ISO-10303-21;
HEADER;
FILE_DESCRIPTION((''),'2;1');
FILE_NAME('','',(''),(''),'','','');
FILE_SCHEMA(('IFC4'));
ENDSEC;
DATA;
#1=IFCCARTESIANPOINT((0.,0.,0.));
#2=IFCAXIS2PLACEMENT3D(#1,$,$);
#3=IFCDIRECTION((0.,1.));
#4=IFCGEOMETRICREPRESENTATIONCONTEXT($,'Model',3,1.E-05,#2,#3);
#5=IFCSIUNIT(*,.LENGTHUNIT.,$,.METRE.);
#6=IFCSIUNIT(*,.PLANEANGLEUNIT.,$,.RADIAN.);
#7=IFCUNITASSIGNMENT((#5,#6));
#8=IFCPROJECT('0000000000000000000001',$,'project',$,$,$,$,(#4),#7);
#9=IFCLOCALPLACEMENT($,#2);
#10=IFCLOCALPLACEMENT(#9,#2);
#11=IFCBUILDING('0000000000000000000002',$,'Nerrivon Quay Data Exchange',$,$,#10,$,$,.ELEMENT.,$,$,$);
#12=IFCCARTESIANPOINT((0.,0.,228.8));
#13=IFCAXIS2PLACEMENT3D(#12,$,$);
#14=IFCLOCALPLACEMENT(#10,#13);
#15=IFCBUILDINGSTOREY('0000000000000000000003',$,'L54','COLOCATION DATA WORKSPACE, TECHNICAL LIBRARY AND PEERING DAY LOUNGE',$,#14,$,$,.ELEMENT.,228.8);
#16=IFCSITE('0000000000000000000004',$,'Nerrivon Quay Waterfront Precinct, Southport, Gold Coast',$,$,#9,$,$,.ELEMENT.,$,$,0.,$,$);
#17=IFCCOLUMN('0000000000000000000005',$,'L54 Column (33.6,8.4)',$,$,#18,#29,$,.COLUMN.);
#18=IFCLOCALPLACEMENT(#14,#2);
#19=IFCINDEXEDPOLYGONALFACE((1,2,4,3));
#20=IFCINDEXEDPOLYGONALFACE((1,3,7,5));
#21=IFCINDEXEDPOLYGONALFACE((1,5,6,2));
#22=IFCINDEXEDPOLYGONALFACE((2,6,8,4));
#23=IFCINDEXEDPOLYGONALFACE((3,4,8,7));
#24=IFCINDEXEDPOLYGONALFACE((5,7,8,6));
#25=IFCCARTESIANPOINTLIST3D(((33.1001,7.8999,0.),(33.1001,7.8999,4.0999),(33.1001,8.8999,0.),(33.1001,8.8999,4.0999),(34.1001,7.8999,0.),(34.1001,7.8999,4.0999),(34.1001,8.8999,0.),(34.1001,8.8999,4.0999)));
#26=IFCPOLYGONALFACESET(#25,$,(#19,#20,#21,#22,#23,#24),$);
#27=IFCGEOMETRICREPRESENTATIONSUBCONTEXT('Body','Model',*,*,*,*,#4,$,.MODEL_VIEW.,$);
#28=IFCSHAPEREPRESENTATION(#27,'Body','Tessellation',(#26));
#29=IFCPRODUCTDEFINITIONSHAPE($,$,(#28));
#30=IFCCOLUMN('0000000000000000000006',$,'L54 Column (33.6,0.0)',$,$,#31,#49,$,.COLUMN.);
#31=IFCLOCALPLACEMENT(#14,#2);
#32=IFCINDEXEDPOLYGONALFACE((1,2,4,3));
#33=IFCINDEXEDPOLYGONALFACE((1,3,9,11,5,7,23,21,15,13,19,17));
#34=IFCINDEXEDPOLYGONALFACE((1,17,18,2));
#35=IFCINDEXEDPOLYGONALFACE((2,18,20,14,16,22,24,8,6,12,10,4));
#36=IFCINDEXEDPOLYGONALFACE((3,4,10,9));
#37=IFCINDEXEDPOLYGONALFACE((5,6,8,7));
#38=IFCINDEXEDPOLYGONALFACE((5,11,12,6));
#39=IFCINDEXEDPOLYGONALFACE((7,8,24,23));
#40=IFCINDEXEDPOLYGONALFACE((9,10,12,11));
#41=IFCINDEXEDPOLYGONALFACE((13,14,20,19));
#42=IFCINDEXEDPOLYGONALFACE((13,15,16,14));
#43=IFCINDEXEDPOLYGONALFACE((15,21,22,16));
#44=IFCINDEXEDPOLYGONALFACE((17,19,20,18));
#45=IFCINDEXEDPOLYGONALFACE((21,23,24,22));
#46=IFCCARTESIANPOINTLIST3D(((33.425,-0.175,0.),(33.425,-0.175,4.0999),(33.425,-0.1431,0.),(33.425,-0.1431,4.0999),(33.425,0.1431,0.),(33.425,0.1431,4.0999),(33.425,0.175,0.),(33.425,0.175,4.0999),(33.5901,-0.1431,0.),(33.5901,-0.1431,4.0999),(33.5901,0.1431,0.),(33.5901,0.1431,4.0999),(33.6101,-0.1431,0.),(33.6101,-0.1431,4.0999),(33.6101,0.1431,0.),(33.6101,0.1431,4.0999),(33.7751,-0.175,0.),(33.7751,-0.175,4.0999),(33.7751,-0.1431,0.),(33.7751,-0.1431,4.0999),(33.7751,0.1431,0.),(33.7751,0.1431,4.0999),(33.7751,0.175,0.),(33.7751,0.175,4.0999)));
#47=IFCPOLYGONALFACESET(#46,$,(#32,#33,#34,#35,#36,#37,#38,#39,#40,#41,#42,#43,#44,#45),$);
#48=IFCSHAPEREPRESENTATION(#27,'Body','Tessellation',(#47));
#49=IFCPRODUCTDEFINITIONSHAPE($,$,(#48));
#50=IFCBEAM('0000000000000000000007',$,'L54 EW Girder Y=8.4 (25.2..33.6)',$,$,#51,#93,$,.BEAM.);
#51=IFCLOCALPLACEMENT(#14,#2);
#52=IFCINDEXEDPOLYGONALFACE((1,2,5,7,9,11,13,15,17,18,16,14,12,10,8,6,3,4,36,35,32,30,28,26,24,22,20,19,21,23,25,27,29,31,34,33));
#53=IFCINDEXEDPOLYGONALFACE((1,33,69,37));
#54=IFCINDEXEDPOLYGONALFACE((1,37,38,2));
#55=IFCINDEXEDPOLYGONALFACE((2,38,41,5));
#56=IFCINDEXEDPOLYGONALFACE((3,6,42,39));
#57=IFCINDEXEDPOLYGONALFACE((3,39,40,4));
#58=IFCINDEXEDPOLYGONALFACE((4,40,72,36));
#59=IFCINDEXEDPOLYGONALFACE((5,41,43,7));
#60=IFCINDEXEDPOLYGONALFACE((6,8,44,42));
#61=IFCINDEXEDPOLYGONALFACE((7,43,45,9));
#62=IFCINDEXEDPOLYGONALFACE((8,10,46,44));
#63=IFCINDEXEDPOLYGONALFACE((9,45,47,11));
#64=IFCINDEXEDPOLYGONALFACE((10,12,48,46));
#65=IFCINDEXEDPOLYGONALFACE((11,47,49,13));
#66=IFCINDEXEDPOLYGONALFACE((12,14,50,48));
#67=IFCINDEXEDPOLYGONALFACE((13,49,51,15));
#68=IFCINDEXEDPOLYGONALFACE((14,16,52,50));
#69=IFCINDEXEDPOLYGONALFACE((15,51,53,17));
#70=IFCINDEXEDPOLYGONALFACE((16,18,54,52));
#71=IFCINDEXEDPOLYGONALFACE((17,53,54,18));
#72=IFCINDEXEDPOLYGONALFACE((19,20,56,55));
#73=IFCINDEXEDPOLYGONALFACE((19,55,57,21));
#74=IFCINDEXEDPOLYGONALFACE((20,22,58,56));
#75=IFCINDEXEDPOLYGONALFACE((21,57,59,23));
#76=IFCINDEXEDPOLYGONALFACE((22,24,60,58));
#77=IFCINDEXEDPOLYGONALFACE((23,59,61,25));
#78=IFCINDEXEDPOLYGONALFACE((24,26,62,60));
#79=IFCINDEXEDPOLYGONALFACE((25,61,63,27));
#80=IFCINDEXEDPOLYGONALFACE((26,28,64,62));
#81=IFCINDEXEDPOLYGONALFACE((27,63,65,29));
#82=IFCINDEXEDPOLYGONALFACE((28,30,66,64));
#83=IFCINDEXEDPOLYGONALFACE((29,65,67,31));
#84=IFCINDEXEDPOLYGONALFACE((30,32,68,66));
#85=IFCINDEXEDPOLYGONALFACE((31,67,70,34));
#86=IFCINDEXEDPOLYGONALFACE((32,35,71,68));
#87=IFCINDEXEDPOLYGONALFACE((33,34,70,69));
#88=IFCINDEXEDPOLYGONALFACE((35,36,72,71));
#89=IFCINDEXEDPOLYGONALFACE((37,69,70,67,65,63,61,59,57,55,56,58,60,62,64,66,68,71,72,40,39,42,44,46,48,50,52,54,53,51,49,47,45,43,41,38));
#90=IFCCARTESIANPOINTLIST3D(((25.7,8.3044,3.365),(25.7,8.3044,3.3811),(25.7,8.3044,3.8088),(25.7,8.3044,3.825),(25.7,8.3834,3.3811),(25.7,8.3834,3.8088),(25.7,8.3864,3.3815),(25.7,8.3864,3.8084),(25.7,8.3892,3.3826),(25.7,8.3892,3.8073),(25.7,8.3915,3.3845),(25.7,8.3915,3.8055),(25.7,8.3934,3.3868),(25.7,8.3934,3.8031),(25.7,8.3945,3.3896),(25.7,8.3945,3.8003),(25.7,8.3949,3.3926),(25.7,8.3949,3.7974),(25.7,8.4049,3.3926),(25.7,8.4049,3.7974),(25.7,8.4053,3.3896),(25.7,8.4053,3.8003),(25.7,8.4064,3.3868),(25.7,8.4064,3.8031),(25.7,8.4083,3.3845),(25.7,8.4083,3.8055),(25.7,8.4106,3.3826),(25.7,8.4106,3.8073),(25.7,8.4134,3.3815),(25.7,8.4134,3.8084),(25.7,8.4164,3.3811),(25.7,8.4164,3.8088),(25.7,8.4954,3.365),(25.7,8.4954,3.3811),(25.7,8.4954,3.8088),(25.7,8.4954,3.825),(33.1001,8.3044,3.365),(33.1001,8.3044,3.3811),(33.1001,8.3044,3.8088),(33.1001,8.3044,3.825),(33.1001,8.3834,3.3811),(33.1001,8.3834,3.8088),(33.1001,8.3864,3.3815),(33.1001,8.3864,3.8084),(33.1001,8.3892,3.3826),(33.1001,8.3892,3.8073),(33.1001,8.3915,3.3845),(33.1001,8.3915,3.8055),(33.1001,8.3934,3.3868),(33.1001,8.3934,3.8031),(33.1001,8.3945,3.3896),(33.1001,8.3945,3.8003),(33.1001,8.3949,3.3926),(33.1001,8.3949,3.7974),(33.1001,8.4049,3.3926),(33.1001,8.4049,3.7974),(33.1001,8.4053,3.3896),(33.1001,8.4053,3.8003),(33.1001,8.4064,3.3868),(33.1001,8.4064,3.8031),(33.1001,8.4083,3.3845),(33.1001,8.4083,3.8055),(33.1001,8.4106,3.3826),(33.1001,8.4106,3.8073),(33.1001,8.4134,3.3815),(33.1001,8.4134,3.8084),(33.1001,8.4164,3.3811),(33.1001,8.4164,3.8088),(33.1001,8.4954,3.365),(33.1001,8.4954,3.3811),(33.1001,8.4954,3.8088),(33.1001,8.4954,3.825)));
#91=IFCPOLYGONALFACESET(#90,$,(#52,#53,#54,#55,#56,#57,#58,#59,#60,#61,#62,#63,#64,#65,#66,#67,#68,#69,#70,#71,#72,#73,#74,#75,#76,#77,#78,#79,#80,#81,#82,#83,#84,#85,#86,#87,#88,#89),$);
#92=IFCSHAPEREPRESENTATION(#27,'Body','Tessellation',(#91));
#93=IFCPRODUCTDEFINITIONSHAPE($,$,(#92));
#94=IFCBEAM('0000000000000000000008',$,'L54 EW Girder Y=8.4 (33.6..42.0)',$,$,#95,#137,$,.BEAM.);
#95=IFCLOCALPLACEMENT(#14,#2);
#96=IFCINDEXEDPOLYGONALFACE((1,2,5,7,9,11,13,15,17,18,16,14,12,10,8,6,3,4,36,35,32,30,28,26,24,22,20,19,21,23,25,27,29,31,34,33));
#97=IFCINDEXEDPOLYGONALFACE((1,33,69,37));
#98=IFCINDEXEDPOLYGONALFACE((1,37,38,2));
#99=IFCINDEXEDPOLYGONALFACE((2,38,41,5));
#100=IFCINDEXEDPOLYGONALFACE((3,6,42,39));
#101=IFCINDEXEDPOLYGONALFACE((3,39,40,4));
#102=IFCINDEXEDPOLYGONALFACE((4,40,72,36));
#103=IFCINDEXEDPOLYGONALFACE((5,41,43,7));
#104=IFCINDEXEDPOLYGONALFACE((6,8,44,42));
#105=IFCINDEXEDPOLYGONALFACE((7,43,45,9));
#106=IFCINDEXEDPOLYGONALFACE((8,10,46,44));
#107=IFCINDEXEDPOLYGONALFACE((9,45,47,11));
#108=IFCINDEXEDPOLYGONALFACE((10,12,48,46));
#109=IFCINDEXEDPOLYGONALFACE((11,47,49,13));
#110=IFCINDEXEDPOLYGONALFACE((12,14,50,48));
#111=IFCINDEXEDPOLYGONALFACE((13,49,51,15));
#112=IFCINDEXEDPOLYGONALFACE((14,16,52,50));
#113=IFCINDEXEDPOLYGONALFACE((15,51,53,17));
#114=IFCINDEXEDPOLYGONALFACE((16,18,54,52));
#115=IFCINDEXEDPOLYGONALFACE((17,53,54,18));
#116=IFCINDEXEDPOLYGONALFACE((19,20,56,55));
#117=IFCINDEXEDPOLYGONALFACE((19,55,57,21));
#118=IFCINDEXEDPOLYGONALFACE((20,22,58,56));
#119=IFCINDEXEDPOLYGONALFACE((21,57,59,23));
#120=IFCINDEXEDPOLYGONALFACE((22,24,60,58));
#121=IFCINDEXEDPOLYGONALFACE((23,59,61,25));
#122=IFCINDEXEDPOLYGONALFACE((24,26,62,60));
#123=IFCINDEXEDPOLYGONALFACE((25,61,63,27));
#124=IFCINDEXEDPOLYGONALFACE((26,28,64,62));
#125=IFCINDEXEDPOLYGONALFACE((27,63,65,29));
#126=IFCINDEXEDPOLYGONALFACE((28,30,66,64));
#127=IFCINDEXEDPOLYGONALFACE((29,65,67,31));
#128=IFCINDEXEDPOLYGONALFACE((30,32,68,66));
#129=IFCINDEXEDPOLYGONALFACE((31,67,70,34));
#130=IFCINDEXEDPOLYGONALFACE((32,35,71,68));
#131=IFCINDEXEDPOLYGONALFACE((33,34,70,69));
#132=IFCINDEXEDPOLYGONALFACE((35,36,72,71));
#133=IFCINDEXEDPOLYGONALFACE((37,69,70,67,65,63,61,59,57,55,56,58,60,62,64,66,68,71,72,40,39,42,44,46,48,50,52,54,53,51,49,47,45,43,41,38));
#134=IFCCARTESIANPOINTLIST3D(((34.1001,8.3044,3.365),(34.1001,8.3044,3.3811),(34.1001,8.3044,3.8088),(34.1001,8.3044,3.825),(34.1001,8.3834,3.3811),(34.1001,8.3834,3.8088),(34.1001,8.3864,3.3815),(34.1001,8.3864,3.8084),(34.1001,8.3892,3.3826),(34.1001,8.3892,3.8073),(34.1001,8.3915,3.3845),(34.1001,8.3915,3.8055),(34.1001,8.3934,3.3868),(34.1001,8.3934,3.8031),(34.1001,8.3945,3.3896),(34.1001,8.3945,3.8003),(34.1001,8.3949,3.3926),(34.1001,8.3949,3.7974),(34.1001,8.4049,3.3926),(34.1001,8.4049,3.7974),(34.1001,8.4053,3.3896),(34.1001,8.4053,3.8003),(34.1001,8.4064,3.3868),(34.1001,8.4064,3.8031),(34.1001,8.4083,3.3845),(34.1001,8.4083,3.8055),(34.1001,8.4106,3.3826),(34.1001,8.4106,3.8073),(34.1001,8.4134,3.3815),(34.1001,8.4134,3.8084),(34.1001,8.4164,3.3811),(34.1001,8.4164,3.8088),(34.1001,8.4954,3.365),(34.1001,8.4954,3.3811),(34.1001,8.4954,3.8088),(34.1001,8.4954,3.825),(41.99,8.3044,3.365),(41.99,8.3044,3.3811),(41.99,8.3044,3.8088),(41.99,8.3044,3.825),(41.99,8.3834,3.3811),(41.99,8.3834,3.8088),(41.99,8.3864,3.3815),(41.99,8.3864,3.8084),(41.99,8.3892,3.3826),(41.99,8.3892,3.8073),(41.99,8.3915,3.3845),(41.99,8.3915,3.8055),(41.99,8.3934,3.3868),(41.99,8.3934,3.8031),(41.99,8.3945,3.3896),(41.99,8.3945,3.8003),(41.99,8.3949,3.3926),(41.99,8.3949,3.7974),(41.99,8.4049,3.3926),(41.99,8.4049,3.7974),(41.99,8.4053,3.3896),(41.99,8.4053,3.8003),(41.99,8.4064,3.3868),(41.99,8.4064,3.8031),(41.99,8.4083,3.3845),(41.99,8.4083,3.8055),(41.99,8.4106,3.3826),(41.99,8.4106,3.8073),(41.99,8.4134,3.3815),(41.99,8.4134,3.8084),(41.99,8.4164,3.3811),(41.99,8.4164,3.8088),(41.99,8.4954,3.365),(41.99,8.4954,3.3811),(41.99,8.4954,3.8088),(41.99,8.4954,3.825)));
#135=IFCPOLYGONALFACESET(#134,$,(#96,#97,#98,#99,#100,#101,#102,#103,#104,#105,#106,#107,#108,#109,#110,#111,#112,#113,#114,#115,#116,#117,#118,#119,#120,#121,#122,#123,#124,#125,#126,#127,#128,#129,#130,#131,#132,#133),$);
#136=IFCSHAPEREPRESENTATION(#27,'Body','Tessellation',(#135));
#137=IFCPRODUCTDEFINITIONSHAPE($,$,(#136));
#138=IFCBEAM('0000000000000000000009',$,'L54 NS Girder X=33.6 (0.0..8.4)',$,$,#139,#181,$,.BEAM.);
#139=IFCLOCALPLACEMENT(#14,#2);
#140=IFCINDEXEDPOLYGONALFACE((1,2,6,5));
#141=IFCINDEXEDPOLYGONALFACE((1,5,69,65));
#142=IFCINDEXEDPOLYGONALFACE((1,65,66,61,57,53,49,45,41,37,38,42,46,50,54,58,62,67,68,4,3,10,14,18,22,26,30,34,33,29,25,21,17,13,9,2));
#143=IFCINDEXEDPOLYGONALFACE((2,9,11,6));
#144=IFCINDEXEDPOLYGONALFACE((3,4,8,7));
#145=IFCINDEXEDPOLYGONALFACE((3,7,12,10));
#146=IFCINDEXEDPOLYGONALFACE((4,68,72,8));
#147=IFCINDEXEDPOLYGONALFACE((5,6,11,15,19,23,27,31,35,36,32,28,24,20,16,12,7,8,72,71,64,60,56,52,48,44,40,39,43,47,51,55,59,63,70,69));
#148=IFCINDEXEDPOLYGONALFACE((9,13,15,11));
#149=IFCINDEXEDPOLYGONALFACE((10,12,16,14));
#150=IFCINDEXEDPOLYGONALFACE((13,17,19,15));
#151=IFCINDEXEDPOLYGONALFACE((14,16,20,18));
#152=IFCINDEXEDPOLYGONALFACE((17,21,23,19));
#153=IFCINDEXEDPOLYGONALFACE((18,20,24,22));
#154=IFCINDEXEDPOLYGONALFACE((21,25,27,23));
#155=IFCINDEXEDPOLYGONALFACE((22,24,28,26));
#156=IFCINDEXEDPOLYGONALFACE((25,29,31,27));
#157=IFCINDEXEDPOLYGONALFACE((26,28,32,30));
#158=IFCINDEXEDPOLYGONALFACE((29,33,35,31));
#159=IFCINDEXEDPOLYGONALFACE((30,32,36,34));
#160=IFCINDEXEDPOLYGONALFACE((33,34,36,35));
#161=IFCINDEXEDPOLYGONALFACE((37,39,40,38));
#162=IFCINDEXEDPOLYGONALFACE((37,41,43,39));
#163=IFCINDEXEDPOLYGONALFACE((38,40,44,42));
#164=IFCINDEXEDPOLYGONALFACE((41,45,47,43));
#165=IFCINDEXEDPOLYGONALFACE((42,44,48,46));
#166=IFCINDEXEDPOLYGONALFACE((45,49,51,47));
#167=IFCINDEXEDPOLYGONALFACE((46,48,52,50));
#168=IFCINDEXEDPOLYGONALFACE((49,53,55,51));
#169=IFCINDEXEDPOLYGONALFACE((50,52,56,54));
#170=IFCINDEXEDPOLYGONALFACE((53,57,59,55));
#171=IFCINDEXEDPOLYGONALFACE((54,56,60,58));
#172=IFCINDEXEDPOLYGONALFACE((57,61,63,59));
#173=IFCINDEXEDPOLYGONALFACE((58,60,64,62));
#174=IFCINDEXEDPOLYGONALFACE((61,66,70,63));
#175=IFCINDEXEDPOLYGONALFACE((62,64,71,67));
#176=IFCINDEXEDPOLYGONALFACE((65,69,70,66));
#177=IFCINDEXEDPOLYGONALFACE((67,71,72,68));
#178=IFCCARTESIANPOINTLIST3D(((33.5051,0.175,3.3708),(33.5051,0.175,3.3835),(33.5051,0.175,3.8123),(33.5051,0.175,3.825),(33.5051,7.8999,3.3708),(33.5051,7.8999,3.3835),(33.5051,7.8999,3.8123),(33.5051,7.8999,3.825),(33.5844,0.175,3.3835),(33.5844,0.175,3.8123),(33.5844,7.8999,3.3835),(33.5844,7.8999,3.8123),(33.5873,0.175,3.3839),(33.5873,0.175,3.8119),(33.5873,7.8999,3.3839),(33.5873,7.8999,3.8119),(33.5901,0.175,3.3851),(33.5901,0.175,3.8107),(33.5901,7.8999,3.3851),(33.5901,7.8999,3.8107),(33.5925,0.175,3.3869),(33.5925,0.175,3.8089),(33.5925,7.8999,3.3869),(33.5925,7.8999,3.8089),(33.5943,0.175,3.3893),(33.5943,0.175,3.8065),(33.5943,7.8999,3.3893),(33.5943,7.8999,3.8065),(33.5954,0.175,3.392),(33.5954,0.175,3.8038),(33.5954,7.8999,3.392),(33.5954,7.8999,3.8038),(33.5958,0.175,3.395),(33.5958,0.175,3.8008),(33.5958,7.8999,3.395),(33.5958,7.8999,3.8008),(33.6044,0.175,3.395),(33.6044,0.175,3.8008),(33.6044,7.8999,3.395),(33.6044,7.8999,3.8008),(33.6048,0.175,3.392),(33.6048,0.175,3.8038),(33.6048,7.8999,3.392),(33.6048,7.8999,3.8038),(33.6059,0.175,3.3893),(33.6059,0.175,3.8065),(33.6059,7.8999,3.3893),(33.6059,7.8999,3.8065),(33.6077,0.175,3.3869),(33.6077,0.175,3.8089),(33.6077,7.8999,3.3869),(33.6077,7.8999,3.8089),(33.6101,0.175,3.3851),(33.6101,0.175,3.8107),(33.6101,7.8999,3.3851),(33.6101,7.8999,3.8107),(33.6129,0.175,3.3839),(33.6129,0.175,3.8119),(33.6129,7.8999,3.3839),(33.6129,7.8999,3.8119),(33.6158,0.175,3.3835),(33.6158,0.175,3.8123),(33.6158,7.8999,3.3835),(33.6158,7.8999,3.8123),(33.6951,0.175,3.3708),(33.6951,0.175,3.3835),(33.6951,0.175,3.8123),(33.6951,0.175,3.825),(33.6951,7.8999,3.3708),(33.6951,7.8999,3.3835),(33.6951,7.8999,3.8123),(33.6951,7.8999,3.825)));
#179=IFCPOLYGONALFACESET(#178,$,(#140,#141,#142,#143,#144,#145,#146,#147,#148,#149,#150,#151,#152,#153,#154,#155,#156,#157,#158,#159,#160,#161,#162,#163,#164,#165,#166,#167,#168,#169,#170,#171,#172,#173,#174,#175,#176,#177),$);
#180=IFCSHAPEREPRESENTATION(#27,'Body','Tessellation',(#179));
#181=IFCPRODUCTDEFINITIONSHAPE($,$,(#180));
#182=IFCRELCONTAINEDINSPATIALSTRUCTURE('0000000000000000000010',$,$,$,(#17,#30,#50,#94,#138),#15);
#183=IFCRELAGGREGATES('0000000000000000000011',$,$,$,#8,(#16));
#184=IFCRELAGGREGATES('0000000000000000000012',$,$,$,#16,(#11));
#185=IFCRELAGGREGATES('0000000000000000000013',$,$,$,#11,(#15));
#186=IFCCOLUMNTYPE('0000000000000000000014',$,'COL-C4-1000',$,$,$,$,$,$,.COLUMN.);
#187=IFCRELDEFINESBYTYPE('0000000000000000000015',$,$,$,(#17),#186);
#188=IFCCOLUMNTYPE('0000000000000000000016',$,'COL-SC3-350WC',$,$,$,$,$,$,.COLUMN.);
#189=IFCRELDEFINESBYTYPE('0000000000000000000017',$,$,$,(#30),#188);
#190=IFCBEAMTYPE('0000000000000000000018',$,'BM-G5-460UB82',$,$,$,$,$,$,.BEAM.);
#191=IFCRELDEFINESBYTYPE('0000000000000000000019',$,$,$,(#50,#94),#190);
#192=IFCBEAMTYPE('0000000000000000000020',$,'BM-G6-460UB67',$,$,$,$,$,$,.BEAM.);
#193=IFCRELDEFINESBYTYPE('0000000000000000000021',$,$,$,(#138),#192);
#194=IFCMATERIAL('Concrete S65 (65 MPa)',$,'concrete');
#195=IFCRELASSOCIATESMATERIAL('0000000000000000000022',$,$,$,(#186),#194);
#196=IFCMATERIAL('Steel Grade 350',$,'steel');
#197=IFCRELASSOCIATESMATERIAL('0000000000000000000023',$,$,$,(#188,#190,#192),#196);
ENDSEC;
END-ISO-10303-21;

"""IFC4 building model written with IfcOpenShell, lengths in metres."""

from ifc_helpers import new_model, si_unit, direction, frame, origin, origin_2d, place, context, subcontext, project, spatial, rectangle, i_section, extrude, material, material_profile, profile_set, type_object, element, save


model = new_model("IFC4")

# Units and contexts
model_context = context("Model", 3, precision=1e-05, world=origin(), true_north=direction((0.0, 1.0)))
body_context = subcontext(model_context, "Body", "Model", "MODEL_VIEW")
ifc_project = project(units=[si_unit("LENGTHUNIT", "METRE"), si_unit("PLANEANGLEUNIT", "RADIAN")], contexts=[model_context])

# Site, building, storey
site_placement = place(None, origin())
site = spatial("IfcSite", under=ifc_project, at=site_placement, Name="Nerrivon Quay Waterfront Precinct, Southport, Gold Coast", CompositionType="ELEMENT", RefElevation=0.0)
building_placement = place(site_placement, origin())
building = spatial("IfcBuilding", under=site, at=building_placement, Name="Nerrivon Quay Data Exchange", CompositionType="ELEMENT")
storey_placement = place(building_placement, frame((0.0, 0.0, 228.8)))
storey = spatial("IfcBuildingStorey", under=building, at=storey_placement, Name="L54", Description="COLOCATION DATA WORKSPACE, TECHNICAL LIBRARY AND PEERING DAY LOUNGE", CompositionType="ELEMENT", Elevation=228.8)

# Columns
ifc_material_1 = material(Name="Concrete S65 (65 MPa)", Category="concrete")
ifc_material_profile_1 = material_profile(ifc_material_1, rectangle(XDim=1.0, YDim=1.0, at=origin_2d()), Name="RC-COL-1000x1000")
ifc_profile_set_1 = profile_set([ifc_material_profile_1], Name="Concrete S65 (65 MPa)")
column_type_1 = type_object("IfcColumnType", Name="COL-C4-1000", PredefinedType="COLUMN", material=ifc_profile_set_1)
column_1_placement = place(storey_placement, frame((33.6001, 8.3999, 0.0), z_axis=(0.0, 0.0, 1.0), x_axis=(1.0, 0.0, 0.0)))
element("IfcColumn", 1, at=column_1_placement, inside=storey, type_object=column_type_1, Name="L54 Column (33.6,8.4)", PredefinedType="COLUMN", context=body_context, shape_type="SweptSolid", body=[
    extrude(rectangle(XDim=1.0, YDim=1.0, at=origin_2d()), origin(), (0.0, 0.0, 1.0), 4.0999),
])
ifc_material_2 = material(Name="Steel Grade 350", Category="steel")
ifc_material_profile_2 = material_profile(ifc_material_2, i_section(OverallWidth=0.3501, OverallDepth=0.3501, WebThickness=0.02, FlangeThickness=0.032, at=origin_2d()), Name="350WC230")
ifc_profile_set_2 = profile_set([ifc_material_profile_2], Name="Steel Grade 350")
column_type_2 = type_object("IfcColumnType", Name="COL-SC3-350WC", PredefinedType="COLUMN", material=ifc_profile_set_2)
column_2_placement = place(storey_placement, frame((33.6001, 0.0, 0.0), z_axis=(0.0, 0.0, 1.0), x_axis=(1.0, 0.0, 0.0)))
element("IfcColumn", 2, at=column_2_placement, inside=storey, type_object=column_type_2, Name="L54 Column (33.6,0.0)", PredefinedType="COLUMN", context=body_context, shape_type="SweptSolid", body=[
    extrude(i_section(OverallWidth=0.3501, OverallDepth=0.3501, WebThickness=0.02, FlangeThickness=0.032, at=origin_2d()), origin(), (0.0, 0.0, 1.0), 4.0999),
])

# Beams
ifc_material_profile_3 = material_profile(ifc_material_2, i_section(OverallWidth=0.1909, OverallDepth=0.46, WebThickness=0.01, FlangeThickness=0.0161, FilletRadius=0.0115, at=origin_2d()), Name="460UB82.1")
ifc_profile_set_3 = profile_set([ifc_material_profile_3], Name="Steel Grade 350")
beam_type_1 = type_object("IfcBeamType", Name="BM-G5-460UB82", PredefinedType="BEAM", material=ifc_profile_set_3)
beam_1_placement = place(storey_placement, frame((25.7, 8.3999, 3.595), z_axis=(1.0, 0.0, 0.0), x_axis=(0.0, 1.0, 0.0)))
element("IfcBeam", 3, at=beam_1_placement, inside=storey, type_object=beam_type_1, Name="L54 EW Girder Y=8.4 (25.2..33.6)", PredefinedType="BEAM", context=body_context, shape_type="SweptSolid", body=[
    extrude(i_section(OverallWidth=0.1909, OverallDepth=0.46, WebThickness=0.01, FlangeThickness=0.0161, FilletRadius=0.0115, at=origin_2d()), origin(), (0.0, 0.0, 1.0), 7.4001),
])
beam_2_placement = place(storey_placement, frame((34.1001, 8.3999, 3.595), z_axis=(1.0, 0.0, 0.0), x_axis=(0.0, 1.0, 0.0)))
element("IfcBeam", 4, at=beam_2_placement, inside=storey, type_object=beam_type_1, Name="L54 EW Girder Y=8.4 (33.6..42.0)", PredefinedType="BEAM", context=body_context, shape_type="SweptSolid", body=[
    extrude(i_section(OverallWidth=0.1909, OverallDepth=0.46, WebThickness=0.01, FlangeThickness=0.0161, FilletRadius=0.0115, at=origin_2d()), origin(), (0.0, 0.0, 1.0), 7.8899),
])
ifc_material_profile_4 = material_profile(ifc_material_2, i_section(OverallWidth=0.1899, OverallDepth=0.4541, WebThickness=0.0085, FlangeThickness=0.0127, FilletRadius=0.0115, at=origin_2d()), Name="460UB67.1")
ifc_profile_set_4 = profile_set([ifc_material_profile_4], Name="Steel Grade 350")
beam_type_2 = type_object("IfcBeamType", Name="BM-G6-460UB67", PredefinedType="BEAM", material=ifc_profile_set_4)
beam_3_placement = place(storey_placement, frame((33.6001, 0.175, 3.5979), z_axis=(0.0, 1.0, 0.0), x_axis=(-1.0, 0.0, 0.0)))
element("IfcBeam", 5, at=beam_3_placement, inside=storey, type_object=beam_type_2, Name="L54 NS Girder X=33.6 (0.0..8.4)", PredefinedType="BEAM", context=body_context, shape_type="SweptSolid", body=[
    extrude(i_section(OverallWidth=0.1899, OverallDepth=0.4541, WebThickness=0.0085, FlangeThickness=0.0127, FilletRadius=0.0115, at=origin_2d()), origin(), (0.0, 0.0, 1.0), 7.7249),
])

save(model, "model.ifc")
